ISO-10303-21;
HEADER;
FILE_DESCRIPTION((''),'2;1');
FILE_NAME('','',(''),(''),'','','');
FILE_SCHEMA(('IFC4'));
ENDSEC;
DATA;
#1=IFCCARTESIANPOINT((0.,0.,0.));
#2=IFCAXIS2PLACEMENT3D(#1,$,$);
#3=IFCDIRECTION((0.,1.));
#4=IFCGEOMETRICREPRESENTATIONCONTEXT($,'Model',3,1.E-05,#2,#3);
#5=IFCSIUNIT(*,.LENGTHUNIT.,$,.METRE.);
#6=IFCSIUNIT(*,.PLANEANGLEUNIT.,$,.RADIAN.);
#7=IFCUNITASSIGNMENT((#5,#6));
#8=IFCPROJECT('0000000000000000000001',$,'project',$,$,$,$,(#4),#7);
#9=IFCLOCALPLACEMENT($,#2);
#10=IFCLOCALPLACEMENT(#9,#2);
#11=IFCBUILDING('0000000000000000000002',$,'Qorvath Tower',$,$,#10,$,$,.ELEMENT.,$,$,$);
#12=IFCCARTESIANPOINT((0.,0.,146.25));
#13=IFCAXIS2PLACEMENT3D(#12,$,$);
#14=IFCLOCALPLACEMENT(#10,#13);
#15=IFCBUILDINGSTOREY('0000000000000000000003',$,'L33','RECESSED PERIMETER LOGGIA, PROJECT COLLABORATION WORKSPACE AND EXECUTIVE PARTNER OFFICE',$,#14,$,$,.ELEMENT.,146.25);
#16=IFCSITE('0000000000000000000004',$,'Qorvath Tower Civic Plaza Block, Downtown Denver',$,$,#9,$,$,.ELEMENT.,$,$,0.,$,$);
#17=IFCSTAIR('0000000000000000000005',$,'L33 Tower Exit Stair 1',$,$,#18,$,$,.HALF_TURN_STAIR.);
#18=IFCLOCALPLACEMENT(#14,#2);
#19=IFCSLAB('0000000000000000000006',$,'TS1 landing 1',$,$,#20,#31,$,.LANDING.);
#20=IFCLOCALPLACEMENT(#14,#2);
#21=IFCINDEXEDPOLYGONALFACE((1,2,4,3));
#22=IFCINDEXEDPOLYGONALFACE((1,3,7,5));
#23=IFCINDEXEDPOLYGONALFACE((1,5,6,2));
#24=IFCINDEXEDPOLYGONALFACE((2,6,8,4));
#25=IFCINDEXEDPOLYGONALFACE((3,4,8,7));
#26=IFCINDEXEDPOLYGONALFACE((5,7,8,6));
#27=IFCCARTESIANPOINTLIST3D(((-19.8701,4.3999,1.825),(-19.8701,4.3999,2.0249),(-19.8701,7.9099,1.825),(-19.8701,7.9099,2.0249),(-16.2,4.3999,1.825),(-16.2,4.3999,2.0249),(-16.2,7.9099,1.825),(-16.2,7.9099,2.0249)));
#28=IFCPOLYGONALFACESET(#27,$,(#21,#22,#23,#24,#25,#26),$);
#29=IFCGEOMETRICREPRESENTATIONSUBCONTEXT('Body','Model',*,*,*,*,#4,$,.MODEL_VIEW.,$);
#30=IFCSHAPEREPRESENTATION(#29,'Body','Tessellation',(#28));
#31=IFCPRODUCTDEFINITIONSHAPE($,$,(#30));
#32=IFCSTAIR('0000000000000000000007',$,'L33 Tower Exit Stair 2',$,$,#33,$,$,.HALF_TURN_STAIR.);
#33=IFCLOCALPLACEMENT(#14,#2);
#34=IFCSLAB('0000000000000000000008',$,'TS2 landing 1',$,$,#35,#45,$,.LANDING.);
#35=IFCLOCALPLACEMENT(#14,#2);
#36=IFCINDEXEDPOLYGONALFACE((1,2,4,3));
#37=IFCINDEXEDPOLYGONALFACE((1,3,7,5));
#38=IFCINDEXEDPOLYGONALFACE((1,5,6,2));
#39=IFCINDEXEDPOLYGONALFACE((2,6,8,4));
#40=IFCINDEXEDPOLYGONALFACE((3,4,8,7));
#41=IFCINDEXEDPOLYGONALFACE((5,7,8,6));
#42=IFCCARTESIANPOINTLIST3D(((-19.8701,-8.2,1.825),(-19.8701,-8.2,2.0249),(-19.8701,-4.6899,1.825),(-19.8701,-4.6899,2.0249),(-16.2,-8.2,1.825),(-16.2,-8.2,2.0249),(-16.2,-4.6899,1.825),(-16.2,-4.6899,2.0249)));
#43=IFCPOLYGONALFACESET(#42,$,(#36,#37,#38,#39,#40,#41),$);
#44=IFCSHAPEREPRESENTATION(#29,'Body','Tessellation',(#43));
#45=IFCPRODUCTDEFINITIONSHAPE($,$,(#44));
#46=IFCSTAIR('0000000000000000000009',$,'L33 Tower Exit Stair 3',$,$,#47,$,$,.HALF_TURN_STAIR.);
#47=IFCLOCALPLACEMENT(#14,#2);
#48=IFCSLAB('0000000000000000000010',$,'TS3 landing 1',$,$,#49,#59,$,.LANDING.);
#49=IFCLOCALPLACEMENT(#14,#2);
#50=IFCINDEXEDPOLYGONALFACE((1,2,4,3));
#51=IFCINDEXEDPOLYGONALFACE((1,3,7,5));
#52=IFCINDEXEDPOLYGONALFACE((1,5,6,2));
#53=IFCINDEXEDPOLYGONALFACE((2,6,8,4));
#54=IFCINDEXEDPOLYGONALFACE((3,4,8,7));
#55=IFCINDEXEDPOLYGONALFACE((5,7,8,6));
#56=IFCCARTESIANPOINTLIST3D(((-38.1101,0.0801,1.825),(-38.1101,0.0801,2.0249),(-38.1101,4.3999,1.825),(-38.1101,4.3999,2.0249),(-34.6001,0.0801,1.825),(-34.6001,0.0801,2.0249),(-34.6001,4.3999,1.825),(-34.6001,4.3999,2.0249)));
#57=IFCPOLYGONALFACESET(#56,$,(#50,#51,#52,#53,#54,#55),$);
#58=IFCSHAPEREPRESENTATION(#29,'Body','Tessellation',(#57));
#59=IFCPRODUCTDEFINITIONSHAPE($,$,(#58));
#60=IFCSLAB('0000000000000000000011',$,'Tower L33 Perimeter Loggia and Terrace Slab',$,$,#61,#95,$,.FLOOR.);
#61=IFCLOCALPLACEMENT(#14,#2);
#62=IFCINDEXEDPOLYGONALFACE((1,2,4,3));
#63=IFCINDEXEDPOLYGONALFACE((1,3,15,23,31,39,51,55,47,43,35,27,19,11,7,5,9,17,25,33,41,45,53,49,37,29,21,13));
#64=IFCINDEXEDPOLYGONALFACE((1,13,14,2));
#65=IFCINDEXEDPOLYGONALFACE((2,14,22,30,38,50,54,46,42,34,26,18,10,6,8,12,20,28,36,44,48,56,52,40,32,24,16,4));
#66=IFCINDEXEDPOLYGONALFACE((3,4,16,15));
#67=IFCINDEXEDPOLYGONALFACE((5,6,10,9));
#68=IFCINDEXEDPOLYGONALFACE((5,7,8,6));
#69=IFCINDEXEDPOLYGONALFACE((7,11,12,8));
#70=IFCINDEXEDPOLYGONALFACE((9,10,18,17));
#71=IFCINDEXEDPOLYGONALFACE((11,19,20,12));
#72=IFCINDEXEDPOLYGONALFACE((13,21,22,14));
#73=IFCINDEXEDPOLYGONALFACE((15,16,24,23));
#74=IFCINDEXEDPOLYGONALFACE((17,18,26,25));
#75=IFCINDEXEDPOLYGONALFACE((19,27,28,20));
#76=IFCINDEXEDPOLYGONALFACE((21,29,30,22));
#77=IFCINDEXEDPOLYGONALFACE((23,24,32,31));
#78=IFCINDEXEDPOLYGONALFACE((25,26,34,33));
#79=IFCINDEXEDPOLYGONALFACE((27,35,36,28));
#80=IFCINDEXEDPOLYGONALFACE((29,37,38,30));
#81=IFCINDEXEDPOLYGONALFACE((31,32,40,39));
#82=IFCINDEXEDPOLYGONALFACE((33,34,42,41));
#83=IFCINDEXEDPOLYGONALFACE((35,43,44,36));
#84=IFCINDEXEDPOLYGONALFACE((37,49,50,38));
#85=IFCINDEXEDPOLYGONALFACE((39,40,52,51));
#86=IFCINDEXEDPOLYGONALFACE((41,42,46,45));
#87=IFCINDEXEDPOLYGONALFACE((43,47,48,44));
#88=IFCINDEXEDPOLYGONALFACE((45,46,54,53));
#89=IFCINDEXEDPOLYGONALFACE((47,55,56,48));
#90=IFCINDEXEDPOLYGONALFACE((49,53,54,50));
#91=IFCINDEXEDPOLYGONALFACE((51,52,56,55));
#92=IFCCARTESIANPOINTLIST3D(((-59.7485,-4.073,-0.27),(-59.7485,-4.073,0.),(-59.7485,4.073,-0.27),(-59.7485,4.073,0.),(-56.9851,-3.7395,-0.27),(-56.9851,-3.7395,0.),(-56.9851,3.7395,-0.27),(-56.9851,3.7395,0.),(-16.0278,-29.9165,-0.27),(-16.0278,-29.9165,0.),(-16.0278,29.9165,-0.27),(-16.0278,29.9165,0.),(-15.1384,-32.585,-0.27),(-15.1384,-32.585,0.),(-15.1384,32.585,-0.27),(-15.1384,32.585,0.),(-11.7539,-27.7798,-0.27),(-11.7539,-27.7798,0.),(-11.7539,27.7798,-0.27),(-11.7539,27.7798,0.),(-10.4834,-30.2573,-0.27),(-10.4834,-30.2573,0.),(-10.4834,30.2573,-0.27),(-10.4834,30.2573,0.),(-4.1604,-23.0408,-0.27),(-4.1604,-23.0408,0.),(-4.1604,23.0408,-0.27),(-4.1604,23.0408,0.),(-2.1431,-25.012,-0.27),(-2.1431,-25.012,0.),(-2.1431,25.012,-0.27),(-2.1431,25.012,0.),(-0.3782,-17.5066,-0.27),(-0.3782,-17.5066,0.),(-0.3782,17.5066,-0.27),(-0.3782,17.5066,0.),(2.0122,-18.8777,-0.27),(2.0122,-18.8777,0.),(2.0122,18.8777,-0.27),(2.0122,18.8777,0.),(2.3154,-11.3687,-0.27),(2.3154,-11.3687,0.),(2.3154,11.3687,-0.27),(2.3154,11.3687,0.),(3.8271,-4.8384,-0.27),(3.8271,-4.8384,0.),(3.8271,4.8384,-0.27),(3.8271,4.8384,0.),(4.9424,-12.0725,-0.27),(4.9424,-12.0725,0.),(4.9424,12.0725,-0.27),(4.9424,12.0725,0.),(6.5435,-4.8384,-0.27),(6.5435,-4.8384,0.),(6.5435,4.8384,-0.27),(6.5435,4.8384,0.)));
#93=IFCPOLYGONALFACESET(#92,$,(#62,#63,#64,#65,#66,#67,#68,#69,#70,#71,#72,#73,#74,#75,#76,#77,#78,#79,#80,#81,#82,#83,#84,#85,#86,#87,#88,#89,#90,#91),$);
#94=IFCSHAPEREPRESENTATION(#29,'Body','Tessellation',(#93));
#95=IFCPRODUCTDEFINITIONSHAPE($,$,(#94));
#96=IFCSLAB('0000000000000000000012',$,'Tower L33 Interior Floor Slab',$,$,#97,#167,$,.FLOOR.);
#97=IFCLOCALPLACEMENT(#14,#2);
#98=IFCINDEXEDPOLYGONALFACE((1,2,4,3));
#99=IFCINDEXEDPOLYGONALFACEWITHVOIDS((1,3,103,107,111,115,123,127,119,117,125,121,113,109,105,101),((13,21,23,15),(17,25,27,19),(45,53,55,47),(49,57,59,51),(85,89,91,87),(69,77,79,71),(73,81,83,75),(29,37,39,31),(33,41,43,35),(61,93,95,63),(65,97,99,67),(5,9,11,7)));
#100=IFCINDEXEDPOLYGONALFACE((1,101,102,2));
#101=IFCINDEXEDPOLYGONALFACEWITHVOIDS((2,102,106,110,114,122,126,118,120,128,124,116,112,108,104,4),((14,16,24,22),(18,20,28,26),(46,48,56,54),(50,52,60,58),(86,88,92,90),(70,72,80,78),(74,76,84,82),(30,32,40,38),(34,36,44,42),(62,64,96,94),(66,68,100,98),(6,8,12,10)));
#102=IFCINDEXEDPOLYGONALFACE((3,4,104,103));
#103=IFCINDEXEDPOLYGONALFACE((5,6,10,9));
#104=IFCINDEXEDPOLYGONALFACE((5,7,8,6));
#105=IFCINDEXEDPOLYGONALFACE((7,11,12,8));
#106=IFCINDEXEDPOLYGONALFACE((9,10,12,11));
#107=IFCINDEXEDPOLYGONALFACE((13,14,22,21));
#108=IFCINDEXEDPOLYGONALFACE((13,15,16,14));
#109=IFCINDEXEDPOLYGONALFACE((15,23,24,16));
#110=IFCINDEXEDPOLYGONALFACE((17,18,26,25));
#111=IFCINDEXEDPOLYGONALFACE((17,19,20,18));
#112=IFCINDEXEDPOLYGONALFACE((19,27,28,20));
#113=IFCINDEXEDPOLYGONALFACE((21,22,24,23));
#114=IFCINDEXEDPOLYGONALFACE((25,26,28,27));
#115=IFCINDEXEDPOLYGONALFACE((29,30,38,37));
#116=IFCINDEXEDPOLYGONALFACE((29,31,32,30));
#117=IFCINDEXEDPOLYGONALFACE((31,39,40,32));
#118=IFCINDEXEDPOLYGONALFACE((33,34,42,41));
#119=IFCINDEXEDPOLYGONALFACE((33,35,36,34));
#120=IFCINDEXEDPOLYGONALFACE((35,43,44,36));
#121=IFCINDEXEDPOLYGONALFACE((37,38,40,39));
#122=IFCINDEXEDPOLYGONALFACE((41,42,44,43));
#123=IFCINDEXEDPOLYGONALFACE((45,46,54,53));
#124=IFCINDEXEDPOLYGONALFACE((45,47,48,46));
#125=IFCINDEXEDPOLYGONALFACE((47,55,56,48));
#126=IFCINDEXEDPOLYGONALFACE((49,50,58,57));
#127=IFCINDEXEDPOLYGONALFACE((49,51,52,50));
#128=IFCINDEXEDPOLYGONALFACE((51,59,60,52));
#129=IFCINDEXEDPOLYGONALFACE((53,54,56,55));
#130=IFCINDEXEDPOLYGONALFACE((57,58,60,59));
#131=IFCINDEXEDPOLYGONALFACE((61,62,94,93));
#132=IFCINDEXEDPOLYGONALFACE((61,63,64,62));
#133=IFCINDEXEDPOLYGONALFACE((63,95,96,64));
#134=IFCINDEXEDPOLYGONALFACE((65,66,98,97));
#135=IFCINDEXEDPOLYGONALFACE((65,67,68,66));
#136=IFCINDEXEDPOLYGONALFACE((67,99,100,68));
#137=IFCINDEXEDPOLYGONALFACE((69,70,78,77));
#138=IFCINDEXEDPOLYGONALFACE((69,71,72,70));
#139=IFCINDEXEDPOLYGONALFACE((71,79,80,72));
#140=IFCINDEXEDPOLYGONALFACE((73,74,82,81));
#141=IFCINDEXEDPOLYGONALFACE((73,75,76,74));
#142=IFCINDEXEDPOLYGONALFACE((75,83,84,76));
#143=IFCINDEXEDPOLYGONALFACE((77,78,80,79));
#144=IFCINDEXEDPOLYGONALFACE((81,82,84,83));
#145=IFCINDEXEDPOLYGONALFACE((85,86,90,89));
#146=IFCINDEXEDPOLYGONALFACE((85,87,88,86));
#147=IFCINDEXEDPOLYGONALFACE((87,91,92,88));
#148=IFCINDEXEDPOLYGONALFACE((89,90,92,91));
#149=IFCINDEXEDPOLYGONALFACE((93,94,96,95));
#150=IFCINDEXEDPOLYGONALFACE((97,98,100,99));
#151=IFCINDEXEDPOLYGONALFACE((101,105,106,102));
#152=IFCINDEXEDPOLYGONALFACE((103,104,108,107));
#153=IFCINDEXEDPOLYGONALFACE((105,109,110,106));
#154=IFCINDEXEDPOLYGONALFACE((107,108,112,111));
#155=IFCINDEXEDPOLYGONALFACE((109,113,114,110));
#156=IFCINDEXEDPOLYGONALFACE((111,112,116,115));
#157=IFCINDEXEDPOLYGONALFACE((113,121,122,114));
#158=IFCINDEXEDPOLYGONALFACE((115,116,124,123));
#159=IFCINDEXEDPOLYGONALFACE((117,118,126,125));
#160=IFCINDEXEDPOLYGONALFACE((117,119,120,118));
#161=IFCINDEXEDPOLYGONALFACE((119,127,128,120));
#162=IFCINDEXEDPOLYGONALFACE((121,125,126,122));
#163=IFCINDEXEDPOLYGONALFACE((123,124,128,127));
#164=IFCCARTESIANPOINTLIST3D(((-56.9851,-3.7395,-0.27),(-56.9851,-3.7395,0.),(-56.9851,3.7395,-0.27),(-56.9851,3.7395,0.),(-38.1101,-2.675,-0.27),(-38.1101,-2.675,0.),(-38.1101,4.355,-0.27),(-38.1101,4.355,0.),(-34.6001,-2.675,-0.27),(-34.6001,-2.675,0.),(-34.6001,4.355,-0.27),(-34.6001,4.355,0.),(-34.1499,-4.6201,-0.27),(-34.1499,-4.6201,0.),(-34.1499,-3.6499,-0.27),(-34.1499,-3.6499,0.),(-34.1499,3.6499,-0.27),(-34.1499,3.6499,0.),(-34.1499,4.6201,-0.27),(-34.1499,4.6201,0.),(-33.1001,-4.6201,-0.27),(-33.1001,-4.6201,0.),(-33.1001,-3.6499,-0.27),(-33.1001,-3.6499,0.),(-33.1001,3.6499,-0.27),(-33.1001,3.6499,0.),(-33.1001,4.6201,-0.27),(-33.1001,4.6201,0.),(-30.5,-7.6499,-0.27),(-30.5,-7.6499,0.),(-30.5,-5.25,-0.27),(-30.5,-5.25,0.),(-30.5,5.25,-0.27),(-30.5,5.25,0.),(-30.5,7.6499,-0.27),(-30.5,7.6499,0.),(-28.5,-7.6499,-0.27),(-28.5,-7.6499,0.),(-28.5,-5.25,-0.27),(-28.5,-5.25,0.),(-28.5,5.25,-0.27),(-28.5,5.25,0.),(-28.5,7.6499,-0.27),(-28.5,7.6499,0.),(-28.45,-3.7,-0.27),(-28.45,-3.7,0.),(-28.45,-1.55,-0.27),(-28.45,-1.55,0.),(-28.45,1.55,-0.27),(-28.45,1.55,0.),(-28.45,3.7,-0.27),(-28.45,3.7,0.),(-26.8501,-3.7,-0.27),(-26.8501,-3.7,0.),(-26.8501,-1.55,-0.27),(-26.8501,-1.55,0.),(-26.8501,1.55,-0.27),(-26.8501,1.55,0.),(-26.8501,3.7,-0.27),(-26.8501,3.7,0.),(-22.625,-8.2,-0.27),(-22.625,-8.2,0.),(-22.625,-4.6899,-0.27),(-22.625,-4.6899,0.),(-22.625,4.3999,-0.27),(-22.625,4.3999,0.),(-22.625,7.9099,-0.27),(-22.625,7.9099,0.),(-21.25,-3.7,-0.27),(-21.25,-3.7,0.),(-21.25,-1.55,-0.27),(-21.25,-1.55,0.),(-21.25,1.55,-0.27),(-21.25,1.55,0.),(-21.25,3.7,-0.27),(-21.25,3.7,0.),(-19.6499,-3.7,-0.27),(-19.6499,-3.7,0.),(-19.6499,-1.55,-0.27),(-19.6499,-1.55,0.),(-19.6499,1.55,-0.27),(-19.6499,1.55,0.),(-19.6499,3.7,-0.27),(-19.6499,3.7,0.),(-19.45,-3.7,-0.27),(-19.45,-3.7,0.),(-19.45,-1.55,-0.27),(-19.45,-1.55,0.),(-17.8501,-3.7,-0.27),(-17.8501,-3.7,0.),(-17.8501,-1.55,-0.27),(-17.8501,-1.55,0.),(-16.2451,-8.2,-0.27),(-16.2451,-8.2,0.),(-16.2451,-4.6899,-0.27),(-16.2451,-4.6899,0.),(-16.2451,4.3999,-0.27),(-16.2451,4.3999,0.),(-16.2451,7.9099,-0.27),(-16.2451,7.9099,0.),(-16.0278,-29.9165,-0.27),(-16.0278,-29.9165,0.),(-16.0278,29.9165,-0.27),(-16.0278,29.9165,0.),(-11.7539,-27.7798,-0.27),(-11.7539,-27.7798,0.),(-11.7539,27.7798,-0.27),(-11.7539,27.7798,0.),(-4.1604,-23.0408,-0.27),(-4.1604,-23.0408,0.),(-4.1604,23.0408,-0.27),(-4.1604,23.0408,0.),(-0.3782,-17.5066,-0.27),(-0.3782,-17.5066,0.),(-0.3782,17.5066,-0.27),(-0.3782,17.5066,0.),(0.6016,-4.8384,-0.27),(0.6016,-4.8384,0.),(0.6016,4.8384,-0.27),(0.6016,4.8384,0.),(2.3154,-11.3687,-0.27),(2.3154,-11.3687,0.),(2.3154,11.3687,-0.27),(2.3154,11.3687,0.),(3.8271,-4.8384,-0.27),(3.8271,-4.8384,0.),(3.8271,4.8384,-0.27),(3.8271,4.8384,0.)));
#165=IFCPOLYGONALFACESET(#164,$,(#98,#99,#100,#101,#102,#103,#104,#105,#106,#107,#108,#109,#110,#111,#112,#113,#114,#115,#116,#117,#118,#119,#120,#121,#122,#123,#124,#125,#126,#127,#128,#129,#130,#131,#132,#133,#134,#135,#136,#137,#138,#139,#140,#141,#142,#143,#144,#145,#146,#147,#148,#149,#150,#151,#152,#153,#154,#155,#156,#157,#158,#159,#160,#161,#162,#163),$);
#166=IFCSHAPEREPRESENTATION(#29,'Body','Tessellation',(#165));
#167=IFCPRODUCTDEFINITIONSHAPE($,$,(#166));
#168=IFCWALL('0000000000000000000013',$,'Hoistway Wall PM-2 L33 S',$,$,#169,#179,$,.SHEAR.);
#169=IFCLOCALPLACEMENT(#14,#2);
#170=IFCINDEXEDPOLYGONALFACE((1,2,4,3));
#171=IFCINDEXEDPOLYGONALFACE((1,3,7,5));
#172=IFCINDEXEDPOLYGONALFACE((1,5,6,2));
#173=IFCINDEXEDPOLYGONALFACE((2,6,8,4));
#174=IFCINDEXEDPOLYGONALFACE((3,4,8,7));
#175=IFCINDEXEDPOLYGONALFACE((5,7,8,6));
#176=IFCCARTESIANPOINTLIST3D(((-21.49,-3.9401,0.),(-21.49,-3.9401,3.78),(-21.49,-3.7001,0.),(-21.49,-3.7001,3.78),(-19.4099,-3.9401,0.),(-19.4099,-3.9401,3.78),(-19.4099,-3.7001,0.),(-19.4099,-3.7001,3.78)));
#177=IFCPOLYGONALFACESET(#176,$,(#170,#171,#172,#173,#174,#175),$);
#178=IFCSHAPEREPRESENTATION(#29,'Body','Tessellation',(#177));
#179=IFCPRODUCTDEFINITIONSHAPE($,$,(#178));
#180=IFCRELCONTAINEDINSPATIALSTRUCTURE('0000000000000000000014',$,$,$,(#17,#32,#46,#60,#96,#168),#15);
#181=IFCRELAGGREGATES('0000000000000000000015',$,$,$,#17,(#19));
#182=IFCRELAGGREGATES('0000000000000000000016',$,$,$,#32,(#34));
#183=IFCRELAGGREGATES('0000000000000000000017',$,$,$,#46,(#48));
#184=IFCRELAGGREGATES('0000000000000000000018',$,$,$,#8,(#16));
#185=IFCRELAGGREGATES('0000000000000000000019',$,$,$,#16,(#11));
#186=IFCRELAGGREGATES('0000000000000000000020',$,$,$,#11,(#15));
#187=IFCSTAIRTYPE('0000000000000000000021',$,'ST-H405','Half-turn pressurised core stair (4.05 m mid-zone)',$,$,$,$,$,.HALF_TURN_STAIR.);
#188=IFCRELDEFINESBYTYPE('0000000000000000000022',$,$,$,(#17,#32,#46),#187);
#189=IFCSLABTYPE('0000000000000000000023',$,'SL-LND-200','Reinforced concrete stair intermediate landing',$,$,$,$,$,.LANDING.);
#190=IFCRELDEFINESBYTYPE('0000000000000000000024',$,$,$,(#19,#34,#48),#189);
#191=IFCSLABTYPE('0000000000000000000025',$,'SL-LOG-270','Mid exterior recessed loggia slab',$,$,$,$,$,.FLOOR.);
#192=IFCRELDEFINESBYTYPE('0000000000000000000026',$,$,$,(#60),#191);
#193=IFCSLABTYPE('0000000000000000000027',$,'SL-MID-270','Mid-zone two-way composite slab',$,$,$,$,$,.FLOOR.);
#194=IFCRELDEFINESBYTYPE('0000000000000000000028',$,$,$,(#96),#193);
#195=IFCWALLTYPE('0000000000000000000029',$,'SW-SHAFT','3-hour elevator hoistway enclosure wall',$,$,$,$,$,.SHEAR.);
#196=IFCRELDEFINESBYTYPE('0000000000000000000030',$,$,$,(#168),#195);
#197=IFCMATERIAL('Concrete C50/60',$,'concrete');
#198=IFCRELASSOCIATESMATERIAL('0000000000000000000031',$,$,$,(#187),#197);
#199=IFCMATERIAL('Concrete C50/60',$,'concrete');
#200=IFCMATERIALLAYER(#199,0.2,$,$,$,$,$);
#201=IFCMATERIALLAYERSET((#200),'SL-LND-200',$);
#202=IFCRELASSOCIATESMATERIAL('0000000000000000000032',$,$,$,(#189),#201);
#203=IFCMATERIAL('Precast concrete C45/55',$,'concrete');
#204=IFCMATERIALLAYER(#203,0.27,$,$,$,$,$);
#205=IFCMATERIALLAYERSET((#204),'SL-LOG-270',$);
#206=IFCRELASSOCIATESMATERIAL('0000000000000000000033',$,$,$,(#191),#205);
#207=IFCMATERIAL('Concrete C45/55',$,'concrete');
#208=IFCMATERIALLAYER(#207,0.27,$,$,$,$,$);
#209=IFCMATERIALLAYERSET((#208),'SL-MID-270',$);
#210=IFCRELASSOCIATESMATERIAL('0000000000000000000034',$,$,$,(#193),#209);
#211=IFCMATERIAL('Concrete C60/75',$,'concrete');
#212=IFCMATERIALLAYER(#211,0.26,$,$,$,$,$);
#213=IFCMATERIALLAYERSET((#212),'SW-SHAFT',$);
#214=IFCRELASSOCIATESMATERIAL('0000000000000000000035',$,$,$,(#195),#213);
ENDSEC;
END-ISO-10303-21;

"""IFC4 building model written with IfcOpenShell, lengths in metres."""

from ifc_helpers import new_model, si_unit, direction, frame, frame_2d, origin, place, context, subcontext, project, spatial, polyline, rectangle, outline, extrude, material, layer, layer_set, type_object, element, aggregate, save


model = new_model("IFC4")

# Units and contexts
model_context = context("Model", 3, precision=1e-05, world=origin(), true_north=direction((0.0, 1.0)))
body_context = subcontext(model_context, "Body", "Model", "MODEL_VIEW")
ifc_project = project(units=[si_unit("LENGTHUNIT", "METRE"), si_unit("PLANEANGLEUNIT", "RADIAN")], contexts=[model_context])

# Site, building, storey
site_placement = place(None, origin())
site = spatial("IfcSite", under=ifc_project, at=site_placement, Name="Qorvath Tower Civic Plaza Block, Downtown Denver", CompositionType="ELEMENT", RefElevation=0.0)
building_placement = place(site_placement, origin())
building = spatial("IfcBuilding", under=site, at=building_placement, Name="Qorvath Tower", CompositionType="ELEMENT")
storey_placement = place(building_placement, frame((0.0, 0.0, 146.25)))
storey = spatial("IfcBuildingStorey", under=building, at=storey_placement, Name="L33", Description="RECESSED PERIMETER LOGGIA, PROJECT COLLABORATION WORKSPACE AND EXECUTIVE PARTNER OFFICE", CompositionType="ELEMENT", Elevation=146.25)

# Stairs, slabs
ifc_material_1 = material(Name="Concrete C50/60", Category="concrete")
stair_type = type_object("IfcStairType", Name="ST-H405", Description="Half-turn pressurised core stair (4.05 m mid-zone)", PredefinedType="HALF_TURN_STAIR", material=ifc_material_1)
stair_1_placement = place(storey_placement, origin())
stair_1 = element("IfcStair", 1, at=stair_1_placement, inside=storey, type_object=stair_type, Name="L33 Tower Exit Stair 1", PredefinedType="HALF_TURN_STAIR")
ifc_material_2 = material(Name="Concrete C50/60", Category="concrete")
ifc_layer_1 = layer(ifc_material_2, 0.2)
ifc_layer_set_1 = layer_set([ifc_layer_1], Name="SL-LND-200")
slab_type_1 = type_object("IfcSlabType", Name="SL-LND-200", Description="Reinforced concrete stair intermediate landing", PredefinedType="LANDING", material=ifc_layer_set_1)
slab_1_placement = place(storey_placement, frame((0.0, 0.0, 1.825)))
slab_1 = element("IfcSlab", 2, at=slab_1_placement, type_object=slab_type_1, Name="TS1 landing 1", PredefinedType="LANDING", context=body_context, shape_type="SweptSolid", body=[
    extrude(outline(polyline([(-19.8701, 4.3999), (-16.2, 4.3999), (-16.2, 7.9099), (-19.8701, 7.9099), (-19.8701, 4.3999)])), origin(), (0.0, 0.0, 1.0), 0.2),
])
aggregate(stair_1, [slab_1])
stair_2_placement = place(storey_placement, origin())
stair_2 = element("IfcStair", 3, at=stair_2_placement, inside=storey, type_object=stair_type, Name="L33 Tower Exit Stair 2", PredefinedType="HALF_TURN_STAIR")
slab_2_placement = place(storey_placement, frame((0.0, 0.0, 1.825)))
slab_2 = element("IfcSlab", 4, at=slab_2_placement, type_object=slab_type_1, Name="TS2 landing 1", PredefinedType="LANDING", context=body_context, shape_type="SweptSolid", body=[
    extrude(outline(polyline([(-19.8701, -8.2), (-16.2, -8.2), (-16.2, -4.6899), (-19.8701, -4.6899), (-19.8701, -8.2)])), origin(), (0.0, 0.0, 1.0), 0.2),
])
aggregate(stair_2, [slab_2])
stair_3_placement = place(storey_placement, origin())
stair_3 = element("IfcStair", 5, at=stair_3_placement, inside=storey, type_object=stair_type, Name="L33 Tower Exit Stair 3", PredefinedType="HALF_TURN_STAIR")
slab_3_placement = place(storey_placement, frame((0.0, 0.0, 1.825)))
slab_3 = element("IfcSlab", 6, at=slab_3_placement, type_object=slab_type_1, Name="TS3 landing 1", PredefinedType="LANDING", context=body_context, shape_type="SweptSolid", body=[
    extrude(outline(polyline([(-34.6001, 0.0801), (-34.6001, 4.3999), (-38.1101, 4.3999), (-38.1101, 0.0801), (-34.6001, 0.0801)])), origin(), (0.0, 0.0, 1.0), 0.2),
])
aggregate(stair_3, [slab_3])

# Slabs
ifc_material_3 = material(Name="Precast concrete C45/55", Category="concrete")
ifc_layer_2 = layer(ifc_material_3, 0.27)
ifc_layer_set_2 = layer_set([ifc_layer_2], Name="SL-LOG-270")
slab_type_2 = type_object("IfcSlabType", Name="SL-LOG-270", Description="Mid exterior recessed loggia slab", PredefinedType="FLOOR", material=ifc_layer_set_2)
slab_4_placement = place(storey_placement, frame((0.0, 0.0, -0.27)))
element("IfcSlab", 7, at=slab_4_placement, inside=storey, type_object=slab_type_2, Name="Tower L33 Perimeter Loggia and Terrace Slab", PredefinedType="FLOOR", context=body_context, shape_type="SweptSolid", body=[
    extrude(outline(polyline([(3.8271, -4.8384), (2.3154, -11.3687), (-0.3782, -17.5066), (-4.1604, -23.0408), (-11.7539, -27.7798), (-16.0278, -29.9165), (-56.9851, -3.7395), (-56.9851, 3.7395), (-16.0278, 29.9165), (-11.7539, 27.7798), (-4.1604, 23.0408), (-0.3782, 17.5066), (2.3154, 11.3687), (3.8271, 4.8384), (6.5435, 4.8384), (4.9424, 12.0725), (2.0122, 18.8777), (-2.1431, 25.012), (-10.4834, 30.2573), (-15.1384, 32.585), (-59.7485, 4.073), (-59.7485, -4.073), (-15.1384, -32.585), (-10.4834, -30.2573), (-2.1431, -25.012), (2.0122, -18.8777), (4.9424, -12.0725), (6.5435, -4.8384), (3.8271, -4.8384)])), origin(), (0.0, 0.0, 1.0), 0.27),
])
ifc_material_4 = material(Name="Concrete C45/55", Category="concrete")
ifc_layer_3 = layer(ifc_material_4, 0.27)
ifc_layer_set_3 = layer_set([ifc_layer_3], Name="SL-MID-270")
slab_type_3 = type_object("IfcSlabType", Name="SL-MID-270", Description="Mid-zone two-way composite slab", PredefinedType="FLOOR", material=ifc_layer_set_3)
slab_5_placement = place(storey_placement, frame((0.0, 0.0, -0.27)))
element("IfcSlab", 8, at=slab_5_placement, inside=storey, type_object=slab_type_3, Name="Tower L33 Interior Floor Slab", PredefinedType="FLOOR", context=body_context, shape_type="SweptSolid", body=[
    extrude(outline(polyline([(-56.9851, 3.7395), (-56.9851, -3.7395), (-16.0278, -29.9165), (-11.7539, -27.7798), (-4.1604, -23.0408), (-0.3782, -17.5066), (2.3154, -11.3687), (3.8271, -4.8384), (0.6016, -4.8384), (0.6016, 4.8384), (3.8271, 4.8384), (2.3154, 11.3687), (-0.3782, 17.5066), (-4.1604, 23.0408), (-11.7539, 27.7798), (-16.0278, 29.9165), (-56.9851, 3.7395)]), holes=[polyline([(-16.2451, -8.2), (-22.625, -8.2), (-22.625, -4.6899), (-16.2451, -4.6899), (-16.2451, -8.2)]), polyline([(-22.625, 4.3999), (-22.625, 7.9099), (-16.2451, 7.9099), (-16.2451, 4.3999), (-22.625, 4.3999)]), polyline([(-17.8501, -3.7), (-19.45, -3.7), (-19.45, -1.55), (-17.8501, -1.55), (-17.8501, -3.7)]), polyline([(-21.25, -3.7), (-21.25, -1.55), (-19.6499, -1.55), (-19.6499, -3.7), (-21.25, -3.7)]), polyline([(-21.25, 1.55), (-21.25, 3.7), (-19.6499, 3.7), (-19.6499, 1.55), (-21.25, 1.55)]), polyline([(-28.45, -3.7), (-28.45, -1.55), (-26.8501, -1.55), (-26.8501, -3.7), (-28.45, -3.7)]), polyline([(-26.8501, 1.55), (-28.45, 1.55), (-28.45, 3.7), (-26.8501, 3.7), (-26.8501, 1.55)]), polyline([(-28.5, -7.6499), (-30.5, -7.6499), (-30.5, -5.25), (-28.5, -5.25), (-28.5, -7.6499)]), polyline([(-30.5, 5.25), (-30.5, 7.6499), (-28.5, 7.6499), (-28.5, 5.25), (-30.5, 5.25)]), polyline([(-34.1499, -4.6201), (-34.1499, -3.6499), (-33.1001, -3.6499), (-33.1001, -4.6201), (-34.1499, -4.6201)]), polyline([(-34.1499, 3.6499), (-34.1499, 4.6201), (-33.1001, 4.6201), (-33.1001, 3.6499), (-34.1499, 3.6499)]), polyline([(-34.6001, -2.675), (-38.1101, -2.675), (-38.1101, 4.355), (-34.6001, 4.355), (-34.6001, -2.675)])]), origin(), (0.0, 0.0, 1.0), 0.27),
])

# Wall
ifc_material_5 = material(Name="Concrete C60/75", Category="concrete")
ifc_layer_4 = layer(ifc_material_5, 0.26)
ifc_layer_set_4 = layer_set([ifc_layer_4], Name="SW-SHAFT")
wall_type_1 = type_object("IfcWallType", Name="SW-SHAFT", Description="3-hour elevator hoistway enclosure wall", PredefinedType="SHEAR", material=ifc_layer_set_4)
wall_1_placement = place(storey_placement, frame((-19.4099, -3.8201, 0.0), z_axis=(0.0, 0.0, 1.0), x_axis=(-1.0, 0.0, 0.0)))
element("IfcWall", 9, at=wall_1_placement, inside=storey, type_object=wall_type_1, Name="Hoistway Wall PM-2 L33 S", PredefinedType="SHEAR", context=body_context, shape_type="SweptSolid", body=[
    extrude(rectangle(XDim=2.0801, YDim=0.24, at=frame_2d((1.04, 0.0))), origin(), (0.0, 0.0, 1.0), 3.78),
])

save(model, "model.ifc")
